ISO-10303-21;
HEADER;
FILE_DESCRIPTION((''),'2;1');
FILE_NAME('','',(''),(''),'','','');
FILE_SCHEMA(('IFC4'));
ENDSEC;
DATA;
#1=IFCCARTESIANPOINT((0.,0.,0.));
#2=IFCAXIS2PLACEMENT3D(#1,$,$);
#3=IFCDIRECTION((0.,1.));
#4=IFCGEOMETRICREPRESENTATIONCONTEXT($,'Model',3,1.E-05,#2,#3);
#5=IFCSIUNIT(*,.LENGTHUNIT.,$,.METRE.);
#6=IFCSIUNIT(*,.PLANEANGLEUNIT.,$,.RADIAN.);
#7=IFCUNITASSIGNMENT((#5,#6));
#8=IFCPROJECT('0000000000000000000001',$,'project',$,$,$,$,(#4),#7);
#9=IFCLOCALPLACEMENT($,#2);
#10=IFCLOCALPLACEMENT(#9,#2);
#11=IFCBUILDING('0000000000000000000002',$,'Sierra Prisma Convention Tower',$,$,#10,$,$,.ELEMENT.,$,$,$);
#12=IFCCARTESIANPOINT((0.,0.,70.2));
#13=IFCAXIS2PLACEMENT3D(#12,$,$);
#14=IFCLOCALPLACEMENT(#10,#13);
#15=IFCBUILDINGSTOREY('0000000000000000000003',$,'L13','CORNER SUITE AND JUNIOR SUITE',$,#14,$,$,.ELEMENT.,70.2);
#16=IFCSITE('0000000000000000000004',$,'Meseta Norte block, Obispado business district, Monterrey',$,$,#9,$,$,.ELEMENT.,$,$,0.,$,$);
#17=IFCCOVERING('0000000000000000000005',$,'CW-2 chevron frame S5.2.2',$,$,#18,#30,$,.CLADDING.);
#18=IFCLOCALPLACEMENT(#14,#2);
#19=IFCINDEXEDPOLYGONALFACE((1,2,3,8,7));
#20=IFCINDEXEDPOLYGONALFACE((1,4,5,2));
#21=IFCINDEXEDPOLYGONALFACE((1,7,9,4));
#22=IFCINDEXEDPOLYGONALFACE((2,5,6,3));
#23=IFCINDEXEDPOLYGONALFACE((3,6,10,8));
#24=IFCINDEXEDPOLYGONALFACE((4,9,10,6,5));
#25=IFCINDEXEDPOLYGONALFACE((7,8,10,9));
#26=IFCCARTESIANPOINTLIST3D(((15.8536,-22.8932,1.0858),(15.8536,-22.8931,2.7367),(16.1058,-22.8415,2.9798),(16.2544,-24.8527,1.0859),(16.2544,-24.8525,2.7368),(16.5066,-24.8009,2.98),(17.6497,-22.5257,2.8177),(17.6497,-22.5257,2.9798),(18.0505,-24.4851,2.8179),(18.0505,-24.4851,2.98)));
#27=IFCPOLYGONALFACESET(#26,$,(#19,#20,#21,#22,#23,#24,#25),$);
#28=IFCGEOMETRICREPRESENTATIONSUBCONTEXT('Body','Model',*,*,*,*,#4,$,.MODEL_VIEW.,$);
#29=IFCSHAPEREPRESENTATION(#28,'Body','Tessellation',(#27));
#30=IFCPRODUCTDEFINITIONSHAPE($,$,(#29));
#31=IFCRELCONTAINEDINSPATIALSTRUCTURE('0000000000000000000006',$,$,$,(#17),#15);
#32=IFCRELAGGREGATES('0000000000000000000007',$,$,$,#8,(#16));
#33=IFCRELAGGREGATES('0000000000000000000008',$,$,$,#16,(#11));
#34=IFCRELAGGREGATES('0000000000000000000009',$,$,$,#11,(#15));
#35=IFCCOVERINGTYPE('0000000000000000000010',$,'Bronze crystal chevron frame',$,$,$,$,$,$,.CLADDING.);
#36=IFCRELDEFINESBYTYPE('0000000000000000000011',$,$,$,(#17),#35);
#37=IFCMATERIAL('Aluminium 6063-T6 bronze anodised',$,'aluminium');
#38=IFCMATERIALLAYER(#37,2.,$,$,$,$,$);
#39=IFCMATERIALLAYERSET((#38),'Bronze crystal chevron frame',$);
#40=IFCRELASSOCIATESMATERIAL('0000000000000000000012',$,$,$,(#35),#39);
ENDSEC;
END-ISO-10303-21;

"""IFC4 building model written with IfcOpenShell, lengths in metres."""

from ifc_helpers import new_model, si_unit, direction, frame, origin, place, context, subcontext, project, spatial, polyline, outline, extrude, material, layer, layer_set, type_object, element, save


model = new_model("IFC4")

# Units and contexts
model_context = context("Model", 3, precision=1e-05, world=origin(), true_north=direction((0.0, 1.0)))
body_context = subcontext(model_context, "Body", "Model", "MODEL_VIEW")
ifc_project = project(units=[si_unit("LENGTHUNIT", "METRE"), si_unit("PLANEANGLEUNIT", "RADIAN")], contexts=[model_context])

# Site, building, storey
site_placement = place(None, origin())
site = spatial("IfcSite", under=ifc_project, at=site_placement, Name="Meseta Norte block, Obispado business district, Monterrey", CompositionType="ELEMENT", RefElevation=0.0)
building_placement = place(site_placement, origin())
building = spatial("IfcBuilding", under=site, at=building_placement, Name="Sierra Prisma Convention Tower", CompositionType="ELEMENT")
storey_placement = place(building_placement, frame((0.0, 0.0, 70.2)))
storey = spatial("IfcBuildingStorey", under=building, at=storey_placement, Name="L13", Description="CORNER SUITE AND JUNIOR SUITE", CompositionType="ELEMENT", Elevation=70.2)

# Covering
ifc_material_1 = material(Name="Aluminium 6063-T6 bronze anodised", Category="aluminium")
ifc_layer_1 = layer(ifc_material_1, 2.0)
ifc_layer_set_1 = layer_set([ifc_layer_1], Name="Bronze crystal chevron frame")
covering_type = type_object("IfcCoveringType", Name="Bronze crystal chevron frame", PredefinedType="CLADDING", material=ifc_layer_set_1)
covering_1_placement = place(storey_placement, frame((18.0505, -24.4851, 2.98), z_axis=(0.200406, -0.979713, 0.000081), x_axis=(-0.979713, -0.200406, 0.0)))
element("IfcCovering", 1, at=covering_1_placement, inside=storey, type_object=covering_type, Name="CW-2 chevron frame S5.2.2", PredefinedType="CLADDING", context=body_context, shape_type="SweptSolid", body=[
    extrude(outline(polyline([(0.0, 0.0), (1.5759, 0.0), (1.8333, 0.2432), (1.8333, 1.894), (0.0, 0.1621), (0.0, 0.0)])), origin(), (0.0, 0.0, -1.0), 2.0),
])

save(model, "model.ifc")
